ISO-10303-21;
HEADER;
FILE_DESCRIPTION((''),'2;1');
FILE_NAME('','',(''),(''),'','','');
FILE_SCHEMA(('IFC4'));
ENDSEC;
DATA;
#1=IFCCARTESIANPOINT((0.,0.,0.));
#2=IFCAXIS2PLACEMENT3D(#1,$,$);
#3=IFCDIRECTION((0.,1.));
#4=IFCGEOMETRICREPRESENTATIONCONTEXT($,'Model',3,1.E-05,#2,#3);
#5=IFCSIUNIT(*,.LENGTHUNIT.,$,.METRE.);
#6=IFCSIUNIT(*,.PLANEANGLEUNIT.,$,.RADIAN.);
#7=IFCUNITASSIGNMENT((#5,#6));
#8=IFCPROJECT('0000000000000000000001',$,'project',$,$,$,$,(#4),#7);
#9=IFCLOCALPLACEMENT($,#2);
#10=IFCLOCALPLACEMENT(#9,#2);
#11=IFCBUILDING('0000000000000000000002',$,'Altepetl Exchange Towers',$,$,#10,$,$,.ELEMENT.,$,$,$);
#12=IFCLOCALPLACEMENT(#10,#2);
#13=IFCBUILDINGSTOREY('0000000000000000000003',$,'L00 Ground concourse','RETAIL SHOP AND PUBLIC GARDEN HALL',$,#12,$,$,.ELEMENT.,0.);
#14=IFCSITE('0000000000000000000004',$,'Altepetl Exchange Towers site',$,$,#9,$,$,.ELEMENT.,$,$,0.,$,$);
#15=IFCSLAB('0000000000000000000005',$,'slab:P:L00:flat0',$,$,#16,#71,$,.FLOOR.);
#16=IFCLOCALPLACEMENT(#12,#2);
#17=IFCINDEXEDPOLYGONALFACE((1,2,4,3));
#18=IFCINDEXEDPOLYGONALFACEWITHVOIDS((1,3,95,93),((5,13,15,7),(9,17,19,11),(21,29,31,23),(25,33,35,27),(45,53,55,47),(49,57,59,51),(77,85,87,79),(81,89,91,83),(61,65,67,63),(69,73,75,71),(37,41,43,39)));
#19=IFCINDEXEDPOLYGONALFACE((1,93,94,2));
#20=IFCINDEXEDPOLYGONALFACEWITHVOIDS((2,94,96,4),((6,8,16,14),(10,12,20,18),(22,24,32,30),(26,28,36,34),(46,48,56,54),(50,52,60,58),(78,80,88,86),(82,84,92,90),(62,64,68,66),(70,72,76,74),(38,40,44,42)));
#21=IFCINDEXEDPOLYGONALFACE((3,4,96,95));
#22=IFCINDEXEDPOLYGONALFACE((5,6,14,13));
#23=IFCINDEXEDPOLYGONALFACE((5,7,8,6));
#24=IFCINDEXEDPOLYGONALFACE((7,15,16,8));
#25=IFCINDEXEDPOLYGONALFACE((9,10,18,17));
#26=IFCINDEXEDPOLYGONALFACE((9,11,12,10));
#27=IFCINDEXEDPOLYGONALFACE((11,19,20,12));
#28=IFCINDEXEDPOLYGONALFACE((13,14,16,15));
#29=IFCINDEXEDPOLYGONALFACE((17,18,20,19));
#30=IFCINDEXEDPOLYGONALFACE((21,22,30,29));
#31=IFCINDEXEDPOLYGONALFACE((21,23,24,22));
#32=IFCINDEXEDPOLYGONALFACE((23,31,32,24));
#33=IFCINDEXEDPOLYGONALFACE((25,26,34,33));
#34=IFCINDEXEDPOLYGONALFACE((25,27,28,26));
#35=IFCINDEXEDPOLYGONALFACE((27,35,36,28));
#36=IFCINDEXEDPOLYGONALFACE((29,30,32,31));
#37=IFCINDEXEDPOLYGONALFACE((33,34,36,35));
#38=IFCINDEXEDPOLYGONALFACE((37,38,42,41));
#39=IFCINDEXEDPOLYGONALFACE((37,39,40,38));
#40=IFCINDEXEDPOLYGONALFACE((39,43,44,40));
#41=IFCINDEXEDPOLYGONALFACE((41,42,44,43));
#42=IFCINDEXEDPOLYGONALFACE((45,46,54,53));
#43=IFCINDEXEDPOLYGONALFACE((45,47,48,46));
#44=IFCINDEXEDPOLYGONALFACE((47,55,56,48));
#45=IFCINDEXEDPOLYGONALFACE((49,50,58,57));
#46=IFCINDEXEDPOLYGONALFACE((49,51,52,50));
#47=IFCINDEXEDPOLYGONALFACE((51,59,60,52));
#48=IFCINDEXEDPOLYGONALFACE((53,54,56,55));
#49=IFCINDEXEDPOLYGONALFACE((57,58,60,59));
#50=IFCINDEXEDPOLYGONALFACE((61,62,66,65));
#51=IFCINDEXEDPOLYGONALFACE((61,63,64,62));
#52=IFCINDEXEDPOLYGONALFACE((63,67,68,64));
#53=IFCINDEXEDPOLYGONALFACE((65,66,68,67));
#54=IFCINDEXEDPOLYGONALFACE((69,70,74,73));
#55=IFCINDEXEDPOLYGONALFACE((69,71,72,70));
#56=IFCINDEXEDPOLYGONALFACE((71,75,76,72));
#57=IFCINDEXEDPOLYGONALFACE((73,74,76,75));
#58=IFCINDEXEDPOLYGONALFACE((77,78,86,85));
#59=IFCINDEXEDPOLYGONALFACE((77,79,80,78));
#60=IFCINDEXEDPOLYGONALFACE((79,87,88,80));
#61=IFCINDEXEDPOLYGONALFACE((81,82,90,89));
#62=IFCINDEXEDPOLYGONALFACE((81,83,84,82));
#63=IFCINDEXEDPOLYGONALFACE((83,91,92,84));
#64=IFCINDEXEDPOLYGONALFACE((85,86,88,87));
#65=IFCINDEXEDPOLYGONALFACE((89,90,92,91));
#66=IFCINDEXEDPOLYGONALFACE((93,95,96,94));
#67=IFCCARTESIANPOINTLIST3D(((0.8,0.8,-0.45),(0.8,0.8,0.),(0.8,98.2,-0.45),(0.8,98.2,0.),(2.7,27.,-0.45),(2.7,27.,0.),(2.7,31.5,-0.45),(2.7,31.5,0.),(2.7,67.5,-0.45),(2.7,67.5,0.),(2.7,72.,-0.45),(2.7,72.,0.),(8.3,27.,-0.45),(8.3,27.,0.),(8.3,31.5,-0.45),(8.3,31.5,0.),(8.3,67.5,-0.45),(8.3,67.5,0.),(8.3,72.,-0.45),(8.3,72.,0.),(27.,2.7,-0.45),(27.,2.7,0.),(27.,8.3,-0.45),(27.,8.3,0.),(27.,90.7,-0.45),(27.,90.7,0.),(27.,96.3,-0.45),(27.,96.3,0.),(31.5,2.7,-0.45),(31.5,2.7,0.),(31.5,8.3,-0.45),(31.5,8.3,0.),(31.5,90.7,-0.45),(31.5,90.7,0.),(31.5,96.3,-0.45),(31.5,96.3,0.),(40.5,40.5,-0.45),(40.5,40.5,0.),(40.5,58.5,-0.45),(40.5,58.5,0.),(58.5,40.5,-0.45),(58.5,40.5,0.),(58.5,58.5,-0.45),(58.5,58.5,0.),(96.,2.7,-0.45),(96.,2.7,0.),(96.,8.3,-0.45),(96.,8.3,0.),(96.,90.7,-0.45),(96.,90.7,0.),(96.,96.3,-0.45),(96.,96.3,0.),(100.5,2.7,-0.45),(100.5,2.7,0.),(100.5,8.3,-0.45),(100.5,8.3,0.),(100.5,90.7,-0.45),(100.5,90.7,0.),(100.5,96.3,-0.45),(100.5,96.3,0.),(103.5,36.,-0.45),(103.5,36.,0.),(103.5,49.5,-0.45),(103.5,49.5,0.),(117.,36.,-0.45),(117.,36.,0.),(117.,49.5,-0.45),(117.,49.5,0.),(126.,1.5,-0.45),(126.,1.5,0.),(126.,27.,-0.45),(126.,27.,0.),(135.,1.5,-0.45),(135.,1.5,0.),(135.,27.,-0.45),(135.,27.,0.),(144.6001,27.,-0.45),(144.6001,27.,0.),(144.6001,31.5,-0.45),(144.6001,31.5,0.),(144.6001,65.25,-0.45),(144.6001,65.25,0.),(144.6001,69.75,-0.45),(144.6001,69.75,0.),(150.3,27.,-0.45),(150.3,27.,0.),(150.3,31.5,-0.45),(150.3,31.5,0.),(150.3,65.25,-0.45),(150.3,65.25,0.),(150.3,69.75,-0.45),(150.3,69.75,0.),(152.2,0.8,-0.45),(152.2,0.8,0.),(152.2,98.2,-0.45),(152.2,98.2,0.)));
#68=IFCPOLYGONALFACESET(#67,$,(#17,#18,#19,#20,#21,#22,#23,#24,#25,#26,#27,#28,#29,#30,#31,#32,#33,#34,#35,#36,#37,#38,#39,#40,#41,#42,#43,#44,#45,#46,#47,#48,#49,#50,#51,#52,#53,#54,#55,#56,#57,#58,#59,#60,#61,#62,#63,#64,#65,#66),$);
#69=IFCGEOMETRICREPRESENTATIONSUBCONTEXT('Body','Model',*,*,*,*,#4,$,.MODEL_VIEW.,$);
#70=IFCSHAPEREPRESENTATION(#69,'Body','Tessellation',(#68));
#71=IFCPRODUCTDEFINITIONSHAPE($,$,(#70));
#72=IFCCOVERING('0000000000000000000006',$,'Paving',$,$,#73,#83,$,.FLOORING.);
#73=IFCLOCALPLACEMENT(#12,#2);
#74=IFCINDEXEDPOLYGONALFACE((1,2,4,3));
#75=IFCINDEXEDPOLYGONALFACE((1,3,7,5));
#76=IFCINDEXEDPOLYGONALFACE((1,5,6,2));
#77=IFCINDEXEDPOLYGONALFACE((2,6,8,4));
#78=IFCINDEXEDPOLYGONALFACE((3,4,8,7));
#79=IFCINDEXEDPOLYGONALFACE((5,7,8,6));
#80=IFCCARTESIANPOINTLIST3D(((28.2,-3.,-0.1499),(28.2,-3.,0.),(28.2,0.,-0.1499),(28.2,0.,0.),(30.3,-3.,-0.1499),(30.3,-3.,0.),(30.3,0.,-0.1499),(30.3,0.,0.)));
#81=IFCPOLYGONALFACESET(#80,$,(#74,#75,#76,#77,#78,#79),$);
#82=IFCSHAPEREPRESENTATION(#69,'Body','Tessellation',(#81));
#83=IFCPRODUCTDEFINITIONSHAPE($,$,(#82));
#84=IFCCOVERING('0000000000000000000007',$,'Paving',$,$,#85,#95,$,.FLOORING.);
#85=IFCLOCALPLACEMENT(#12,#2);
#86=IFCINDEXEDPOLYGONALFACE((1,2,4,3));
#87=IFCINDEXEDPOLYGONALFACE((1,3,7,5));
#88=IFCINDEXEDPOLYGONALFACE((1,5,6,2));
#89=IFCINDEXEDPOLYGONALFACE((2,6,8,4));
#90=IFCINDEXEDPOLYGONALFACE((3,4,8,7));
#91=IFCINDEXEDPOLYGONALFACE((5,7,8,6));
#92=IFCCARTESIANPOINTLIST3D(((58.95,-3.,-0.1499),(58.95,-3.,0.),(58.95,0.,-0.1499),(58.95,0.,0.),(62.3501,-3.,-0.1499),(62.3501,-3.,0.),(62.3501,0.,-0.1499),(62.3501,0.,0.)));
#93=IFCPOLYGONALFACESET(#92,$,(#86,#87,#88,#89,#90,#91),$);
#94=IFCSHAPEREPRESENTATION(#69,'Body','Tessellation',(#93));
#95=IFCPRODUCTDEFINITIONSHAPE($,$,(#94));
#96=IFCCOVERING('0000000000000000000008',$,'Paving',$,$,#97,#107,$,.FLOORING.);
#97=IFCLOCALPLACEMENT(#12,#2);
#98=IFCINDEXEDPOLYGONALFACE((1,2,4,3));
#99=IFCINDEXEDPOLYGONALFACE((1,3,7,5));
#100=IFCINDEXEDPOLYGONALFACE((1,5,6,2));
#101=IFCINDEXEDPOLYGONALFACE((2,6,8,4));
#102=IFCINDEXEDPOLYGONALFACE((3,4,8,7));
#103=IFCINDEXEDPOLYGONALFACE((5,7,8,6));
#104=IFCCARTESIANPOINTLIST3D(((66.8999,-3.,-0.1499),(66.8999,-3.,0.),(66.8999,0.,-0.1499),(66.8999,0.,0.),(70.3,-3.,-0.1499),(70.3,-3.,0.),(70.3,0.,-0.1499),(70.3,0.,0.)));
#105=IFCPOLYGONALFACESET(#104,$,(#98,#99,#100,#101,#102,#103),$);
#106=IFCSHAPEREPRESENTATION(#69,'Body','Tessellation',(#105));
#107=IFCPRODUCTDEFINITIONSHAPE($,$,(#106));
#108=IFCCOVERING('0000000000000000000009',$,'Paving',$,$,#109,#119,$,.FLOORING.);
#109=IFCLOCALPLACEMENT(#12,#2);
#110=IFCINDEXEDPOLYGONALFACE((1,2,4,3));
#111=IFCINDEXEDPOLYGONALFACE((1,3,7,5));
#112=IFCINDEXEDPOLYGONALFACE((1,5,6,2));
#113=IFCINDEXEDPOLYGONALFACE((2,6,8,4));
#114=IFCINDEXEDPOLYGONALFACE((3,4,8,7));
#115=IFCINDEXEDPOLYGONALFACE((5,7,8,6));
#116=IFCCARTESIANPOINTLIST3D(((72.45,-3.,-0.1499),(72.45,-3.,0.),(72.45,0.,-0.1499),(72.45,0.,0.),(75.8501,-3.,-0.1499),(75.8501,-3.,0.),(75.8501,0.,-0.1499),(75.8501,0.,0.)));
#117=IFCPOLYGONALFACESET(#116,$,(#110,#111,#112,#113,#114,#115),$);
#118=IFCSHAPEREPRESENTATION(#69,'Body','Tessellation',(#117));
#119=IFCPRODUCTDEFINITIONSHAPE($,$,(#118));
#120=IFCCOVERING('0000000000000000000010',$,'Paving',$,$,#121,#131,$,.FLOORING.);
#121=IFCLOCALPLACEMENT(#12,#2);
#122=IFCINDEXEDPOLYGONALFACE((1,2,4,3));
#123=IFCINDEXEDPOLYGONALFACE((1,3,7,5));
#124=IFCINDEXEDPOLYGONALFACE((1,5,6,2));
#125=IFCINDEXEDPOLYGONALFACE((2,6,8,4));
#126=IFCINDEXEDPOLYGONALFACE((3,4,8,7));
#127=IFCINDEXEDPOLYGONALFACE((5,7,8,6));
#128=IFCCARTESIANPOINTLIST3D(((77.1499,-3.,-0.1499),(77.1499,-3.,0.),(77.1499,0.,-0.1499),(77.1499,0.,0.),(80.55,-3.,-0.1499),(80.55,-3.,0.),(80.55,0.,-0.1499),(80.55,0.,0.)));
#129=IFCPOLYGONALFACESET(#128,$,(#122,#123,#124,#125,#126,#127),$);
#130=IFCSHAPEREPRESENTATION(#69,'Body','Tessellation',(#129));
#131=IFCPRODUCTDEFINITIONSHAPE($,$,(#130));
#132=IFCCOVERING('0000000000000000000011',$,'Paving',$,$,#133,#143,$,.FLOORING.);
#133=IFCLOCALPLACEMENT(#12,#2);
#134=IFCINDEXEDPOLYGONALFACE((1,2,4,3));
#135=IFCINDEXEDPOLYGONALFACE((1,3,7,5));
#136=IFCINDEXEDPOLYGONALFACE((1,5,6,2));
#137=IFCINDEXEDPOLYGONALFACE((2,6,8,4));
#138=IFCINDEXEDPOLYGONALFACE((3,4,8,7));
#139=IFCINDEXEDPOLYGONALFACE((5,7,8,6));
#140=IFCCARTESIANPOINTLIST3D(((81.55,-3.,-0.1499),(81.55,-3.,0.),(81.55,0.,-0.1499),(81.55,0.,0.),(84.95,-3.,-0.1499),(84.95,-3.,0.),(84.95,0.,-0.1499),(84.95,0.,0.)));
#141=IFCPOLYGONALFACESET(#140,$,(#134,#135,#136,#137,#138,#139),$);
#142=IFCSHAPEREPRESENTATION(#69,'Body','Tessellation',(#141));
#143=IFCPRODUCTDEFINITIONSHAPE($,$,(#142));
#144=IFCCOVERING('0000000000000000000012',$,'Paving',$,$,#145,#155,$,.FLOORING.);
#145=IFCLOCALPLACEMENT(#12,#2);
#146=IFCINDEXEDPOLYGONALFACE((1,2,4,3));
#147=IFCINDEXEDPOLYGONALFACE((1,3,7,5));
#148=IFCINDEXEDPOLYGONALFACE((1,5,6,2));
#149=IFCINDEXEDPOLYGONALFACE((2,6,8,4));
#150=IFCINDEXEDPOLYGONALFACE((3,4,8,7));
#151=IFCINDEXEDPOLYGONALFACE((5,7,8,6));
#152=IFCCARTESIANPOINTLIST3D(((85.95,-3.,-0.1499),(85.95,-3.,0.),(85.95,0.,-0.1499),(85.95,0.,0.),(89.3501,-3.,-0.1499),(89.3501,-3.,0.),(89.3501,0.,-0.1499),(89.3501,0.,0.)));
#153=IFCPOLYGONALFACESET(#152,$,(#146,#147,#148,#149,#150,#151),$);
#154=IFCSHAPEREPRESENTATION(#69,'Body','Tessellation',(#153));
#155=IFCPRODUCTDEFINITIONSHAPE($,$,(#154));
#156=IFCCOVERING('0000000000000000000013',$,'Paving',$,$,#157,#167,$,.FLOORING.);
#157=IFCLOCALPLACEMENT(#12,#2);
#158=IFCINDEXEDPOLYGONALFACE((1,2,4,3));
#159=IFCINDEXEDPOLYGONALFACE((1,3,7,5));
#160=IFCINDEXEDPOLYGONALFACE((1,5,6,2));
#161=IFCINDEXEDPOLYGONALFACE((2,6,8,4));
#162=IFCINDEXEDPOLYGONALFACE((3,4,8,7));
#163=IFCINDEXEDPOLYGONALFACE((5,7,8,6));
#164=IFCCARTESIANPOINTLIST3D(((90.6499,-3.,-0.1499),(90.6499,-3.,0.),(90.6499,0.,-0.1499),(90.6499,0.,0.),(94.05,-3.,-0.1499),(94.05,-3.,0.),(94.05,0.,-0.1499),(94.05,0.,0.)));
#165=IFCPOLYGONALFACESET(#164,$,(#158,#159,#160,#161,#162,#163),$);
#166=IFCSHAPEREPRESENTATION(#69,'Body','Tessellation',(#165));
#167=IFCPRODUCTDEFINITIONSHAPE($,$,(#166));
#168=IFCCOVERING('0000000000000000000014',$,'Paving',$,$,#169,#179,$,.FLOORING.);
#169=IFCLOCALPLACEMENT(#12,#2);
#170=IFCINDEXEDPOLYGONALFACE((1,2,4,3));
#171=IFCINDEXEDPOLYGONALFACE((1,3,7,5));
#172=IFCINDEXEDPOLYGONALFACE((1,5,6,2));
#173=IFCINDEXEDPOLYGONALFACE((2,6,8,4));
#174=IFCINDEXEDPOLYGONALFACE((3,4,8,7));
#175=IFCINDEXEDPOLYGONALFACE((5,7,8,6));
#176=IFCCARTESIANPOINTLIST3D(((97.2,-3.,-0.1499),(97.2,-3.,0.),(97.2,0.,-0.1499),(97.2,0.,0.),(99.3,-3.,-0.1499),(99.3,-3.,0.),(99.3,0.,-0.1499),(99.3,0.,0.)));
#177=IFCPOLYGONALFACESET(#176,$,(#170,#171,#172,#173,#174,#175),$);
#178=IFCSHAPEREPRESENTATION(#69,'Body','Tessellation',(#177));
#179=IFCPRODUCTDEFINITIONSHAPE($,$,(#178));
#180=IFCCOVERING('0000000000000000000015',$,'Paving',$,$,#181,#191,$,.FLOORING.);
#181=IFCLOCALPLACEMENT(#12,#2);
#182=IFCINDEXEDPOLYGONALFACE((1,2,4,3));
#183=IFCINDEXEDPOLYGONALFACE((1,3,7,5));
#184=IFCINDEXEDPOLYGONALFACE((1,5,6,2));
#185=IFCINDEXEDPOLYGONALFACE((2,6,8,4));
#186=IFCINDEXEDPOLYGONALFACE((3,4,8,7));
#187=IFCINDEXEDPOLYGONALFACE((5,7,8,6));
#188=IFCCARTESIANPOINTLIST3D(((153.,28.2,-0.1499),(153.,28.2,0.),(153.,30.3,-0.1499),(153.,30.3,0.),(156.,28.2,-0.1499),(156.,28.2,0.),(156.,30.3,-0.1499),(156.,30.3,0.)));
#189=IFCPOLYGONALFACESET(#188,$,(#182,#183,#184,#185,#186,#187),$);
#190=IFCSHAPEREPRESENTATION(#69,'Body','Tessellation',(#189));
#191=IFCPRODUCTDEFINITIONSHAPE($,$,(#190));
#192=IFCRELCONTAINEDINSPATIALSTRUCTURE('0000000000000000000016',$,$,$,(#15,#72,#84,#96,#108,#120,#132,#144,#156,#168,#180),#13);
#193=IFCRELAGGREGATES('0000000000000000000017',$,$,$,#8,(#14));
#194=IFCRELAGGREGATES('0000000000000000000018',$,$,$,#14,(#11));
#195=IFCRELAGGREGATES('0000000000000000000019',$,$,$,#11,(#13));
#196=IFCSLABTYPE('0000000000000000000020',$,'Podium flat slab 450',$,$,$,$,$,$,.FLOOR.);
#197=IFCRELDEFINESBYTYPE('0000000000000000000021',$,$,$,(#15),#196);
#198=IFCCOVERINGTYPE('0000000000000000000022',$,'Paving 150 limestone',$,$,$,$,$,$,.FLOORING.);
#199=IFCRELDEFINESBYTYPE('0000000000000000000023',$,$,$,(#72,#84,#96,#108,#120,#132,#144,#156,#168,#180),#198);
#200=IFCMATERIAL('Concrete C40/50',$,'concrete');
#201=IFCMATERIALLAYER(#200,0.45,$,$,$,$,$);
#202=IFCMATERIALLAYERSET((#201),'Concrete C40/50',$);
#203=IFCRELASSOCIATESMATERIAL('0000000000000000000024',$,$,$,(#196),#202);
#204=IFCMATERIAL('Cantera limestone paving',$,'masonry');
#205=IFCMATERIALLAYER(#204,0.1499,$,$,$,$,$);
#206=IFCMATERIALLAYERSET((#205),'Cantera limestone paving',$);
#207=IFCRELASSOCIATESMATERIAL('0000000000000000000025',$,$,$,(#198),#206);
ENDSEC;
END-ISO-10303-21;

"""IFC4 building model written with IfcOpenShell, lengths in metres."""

from ifc_helpers import new_model, si_unit, direction, frame, origin, place, context, subcontext, project, spatial, polyline, outline, extrude, material, layer, layer_set, type_object, element, save


model = new_model("IFC4")

# Units and contexts
model_context = context("Model", 3, precision=1e-05, world=origin(), true_north=direction((0.0, 1.0)))
body_context = subcontext(model_context, "Body", "Model", "MODEL_VIEW")
ifc_project = project(units=[si_unit("LENGTHUNIT", "METRE"), si_unit("PLANEANGLEUNIT", "RADIAN")], contexts=[model_context])

# Site, building, storey
site_placement = place(None, origin())
site = spatial("IfcSite", under=ifc_project, at=site_placement, Name="Altepetl Exchange Towers site", CompositionType="ELEMENT", RefElevation=0.0)
building_placement = place(site_placement, origin())
building = spatial("IfcBuilding", under=site, at=building_placement, Name="Altepetl Exchange Towers", CompositionType="ELEMENT")
storey_placement = place(building_placement, origin())
storey = spatial("IfcBuildingStorey", under=building, at=storey_placement, Name="L00 Ground concourse", Description="RETAIL SHOP AND PUBLIC GARDEN HALL", CompositionType="ELEMENT", Elevation=0.0)

# Shared definitions
ifc_material_1 = material(Name="Concrete C40/50", Category="concrete")

# Slab
ifc_layer_1 = layer(ifc_material_1, 0.45)
ifc_layer_set_1 = layer_set([ifc_layer_1], Name="Concrete C40/50")
slab_type_1 = type_object("IfcSlabType", Name="Podium flat slab 450", PredefinedType="FLOOR", material=ifc_layer_set_1)
slab_1_placement = place(storey_placement, frame((0.0, 0.0, -0.45)))
element("IfcSlab", 1, at=slab_1_placement, inside=storey, type_object=slab_type_1, Name="slab:P:L00:flat0", PredefinedType="FLOOR", context=body_context, shape_type="SweptSolid", body=[
    extrude(outline(polyline([(0.8, 98.2), (0.8, 0.8), (152.2, 0.8), (152.2, 98.2), (0.8, 98.2)]), holes=[polyline([(117.0, 49.5), (117.0, 36.0), (103.5, 36.0), (103.5, 49.5), (117.0, 49.5)]), polyline([(58.5, 58.5), (58.5, 40.5), (40.5, 40.5), (40.5, 58.5), (58.5, 58.5)]), polyline([(135.0, 27.0), (135.0, 1.5), (126.0, 1.5), (126.0, 27.0), (135.0, 27.0)]), polyline([(31.5, 8.3), (31.5, 2.7), (27.0, 2.7), (27.0, 8.3), (31.5, 8.3)]), polyline([(100.5, 2.7), (96.0, 2.7), (96.0, 8.3), (100.5, 8.3), (100.5, 2.7)]), polyline([(2.7, 31.5), (8.3, 31.5), (8.3, 27.0), (2.7, 27.0), (2.7, 31.5)]), polyline([(8.3, 72.0), (8.3, 67.5), (2.7, 67.5), (2.7, 72.0), (8.3, 72.0)]), polyline([(27.0, 90.7), (27.0, 96.3), (31.5, 96.3), (31.5, 90.7), (27.0, 90.7)]), polyline([(96.0, 96.3), (100.5, 96.3), (100.5, 90.7), (96.0, 90.7), (96.0, 96.3)]), polyline([(150.3, 27.0), (144.6001, 27.0), (144.6001, 31.5), (150.3, 31.5), (150.3, 27.0)]), polyline([(144.6001, 65.25), (144.6001, 69.75), (150.3, 69.75), (150.3, 65.25), (144.6001, 65.25)])]), origin(), (0.0, 0.0, 1.0), 0.45),
])

# Coverings
ifc_material_2 = material(Name="Cantera limestone paving", Category="masonry")
ifc_layer_2 = layer(ifc_material_2, 0.1499)
ifc_layer_set_2 = layer_set([ifc_layer_2], Name="Cantera limestone paving")
covering_type = type_object("IfcCoveringType", Name="Paving 150 limestone", PredefinedType="FLOORING", material=ifc_layer_set_2)
covering_1_placement = place(storey_placement, frame((0.0, 0.0, -0.1499)))
element("IfcCovering", 2, at=covering_1_placement, inside=storey, type_object=covering_type, Name="Paving", PredefinedType="FLOORING", context=body_context, shape_type="SweptSolid", body=[
    extrude(outline(polyline([(28.2, -3.0), (30.3, -3.0), (30.3, 0.0), (28.2, 0.0), (28.2, -3.0)])), origin(), (0.0, 0.0, 1.0), 0.1499),
])
covering_2_placement = place(storey_placement, frame((0.0, 0.0, -0.1499)))
element("IfcCovering", 3, at=covering_2_placement, inside=storey, type_object=covering_type, Name="Paving", PredefinedType="FLOORING", context=body_context, shape_type="SweptSolid", body=[
    extrude(outline(polyline([(58.95, -3.0), (62.3501, -3.0), (62.3501, 0.0), (58.95, 0.0), (58.95, -3.0)])), origin(), (0.0, 0.0, 1.0), 0.1499),
])
covering_3_placement = place(storey_placement, frame((0.0, 0.0, -0.1499)))
element("IfcCovering", 4, at=covering_3_placement, inside=storey, type_object=covering_type, Name="Paving", PredefinedType="FLOORING", context=body_context, shape_type="SweptSolid", body=[
    extrude(outline(polyline([(66.8999, -3.0), (70.3, -3.0), (70.3, 0.0), (66.8999, 0.0), (66.8999, -3.0)])), origin(), (0.0, 0.0, 1.0), 0.1499),
])
covering_4_placement = place(storey_placement, frame((0.0, 0.0, -0.1499)))
element("IfcCovering", 5, at=covering_4_placement, inside=storey, type_object=covering_type, Name="Paving", PredefinedType="FLOORING", context=body_context, shape_type="SweptSolid", body=[
    extrude(outline(polyline([(72.45, -3.0), (75.8501, -3.0), (75.8501, 0.0), (72.45, 0.0), (72.45, -3.0)])), origin(), (0.0, 0.0, 1.0), 0.1499),
])
covering_5_placement = place(storey_placement, frame((0.0, 0.0, -0.1499)))
element("IfcCovering", 6, at=covering_5_placement, inside=storey, type_object=covering_type, Name="Paving", PredefinedType="FLOORING", context=body_context, shape_type="SweptSolid", body=[
    extrude(outline(polyline([(77.1499, -3.0), (80.55, -3.0), (80.55, 0.0), (77.1499, 0.0), (77.1499, -3.0)])), origin(), (0.0, 0.0, 1.0), 0.1499),
])
covering_6_placement = place(storey_placement, frame((0.0, 0.0, -0.1499)))
element("IfcCovering", 7, at=covering_6_placement, inside=storey, type_object=covering_type, Name="Paving", PredefinedType="FLOORING", context=body_context, shape_type="SweptSolid", body=[
    extrude(outline(polyline([(81.55, -3.0), (84.95, -3.0), (84.95, 0.0), (81.55, 0.0), (81.55, -3.0)])), origin(), (0.0, 0.0, 1.0), 0.1499),
])
covering_7_placement = place(storey_placement, frame((0.0, 0.0, -0.1499)))
element("IfcCovering", 8, at=covering_7_placement, inside=storey, type_object=covering_type, Name="Paving", PredefinedType="FLOORING", context=body_context, shape_type="SweptSolid", body=[
    extrude(outline(polyline([(85.95, -3.0), (89.3501, -3.0), (89.3501, 0.0), (85.95, 0.0), (85.95, -3.0)])), origin(), (0.0, 0.0, 1.0), 0.1499),
])
covering_8_placement = place(storey_placement, frame((0.0, 0.0, -0.1499)))
element("IfcCovering", 9, at=covering_8_placement, inside=storey, type_object=covering_type, Name="Paving", PredefinedType="FLOORING", context=body_context, shape_type="SweptSolid", body=[
    extrude(outline(polyline([(90.6499, -3.0), (94.05, -3.0), (94.05, 0.0), (90.6499, 0.0), (90.6499, -3.0)])), origin(), (0.0, 0.0, 1.0), 0.1499),
])
covering_9_placement = place(storey_placement, frame((0.0, 0.0, -0.1499)))
element("IfcCovering", 10, at=covering_9_placement, inside=storey, type_object=covering_type, Name="Paving", PredefinedType="FLOORING", context=body_context, shape_type="SweptSolid", body=[
    extrude(outline(polyline([(97.2, -3.0), (99.3, -3.0), (99.3, 0.0), (97.2, 0.0), (97.2, -3.0)])), origin(), (0.0, 0.0, 1.0), 0.1499),
])
covering_10_placement = place(storey_placement, frame((0.0, 0.0, -0.1499)))
element("IfcCovering", 11, at=covering_10_placement, inside=storey, type_object=covering_type, Name="Paving", PredefinedType="FLOORING", context=body_context, shape_type="SweptSolid", body=[
    extrude(outline(polyline([(153.0, 28.2), (156.0, 28.2), (156.0, 30.3), (153.0, 30.3), (153.0, 28.2)])), origin(), (0.0, 0.0, 1.0), 0.1499),
])

save(model, "model.ifc")
